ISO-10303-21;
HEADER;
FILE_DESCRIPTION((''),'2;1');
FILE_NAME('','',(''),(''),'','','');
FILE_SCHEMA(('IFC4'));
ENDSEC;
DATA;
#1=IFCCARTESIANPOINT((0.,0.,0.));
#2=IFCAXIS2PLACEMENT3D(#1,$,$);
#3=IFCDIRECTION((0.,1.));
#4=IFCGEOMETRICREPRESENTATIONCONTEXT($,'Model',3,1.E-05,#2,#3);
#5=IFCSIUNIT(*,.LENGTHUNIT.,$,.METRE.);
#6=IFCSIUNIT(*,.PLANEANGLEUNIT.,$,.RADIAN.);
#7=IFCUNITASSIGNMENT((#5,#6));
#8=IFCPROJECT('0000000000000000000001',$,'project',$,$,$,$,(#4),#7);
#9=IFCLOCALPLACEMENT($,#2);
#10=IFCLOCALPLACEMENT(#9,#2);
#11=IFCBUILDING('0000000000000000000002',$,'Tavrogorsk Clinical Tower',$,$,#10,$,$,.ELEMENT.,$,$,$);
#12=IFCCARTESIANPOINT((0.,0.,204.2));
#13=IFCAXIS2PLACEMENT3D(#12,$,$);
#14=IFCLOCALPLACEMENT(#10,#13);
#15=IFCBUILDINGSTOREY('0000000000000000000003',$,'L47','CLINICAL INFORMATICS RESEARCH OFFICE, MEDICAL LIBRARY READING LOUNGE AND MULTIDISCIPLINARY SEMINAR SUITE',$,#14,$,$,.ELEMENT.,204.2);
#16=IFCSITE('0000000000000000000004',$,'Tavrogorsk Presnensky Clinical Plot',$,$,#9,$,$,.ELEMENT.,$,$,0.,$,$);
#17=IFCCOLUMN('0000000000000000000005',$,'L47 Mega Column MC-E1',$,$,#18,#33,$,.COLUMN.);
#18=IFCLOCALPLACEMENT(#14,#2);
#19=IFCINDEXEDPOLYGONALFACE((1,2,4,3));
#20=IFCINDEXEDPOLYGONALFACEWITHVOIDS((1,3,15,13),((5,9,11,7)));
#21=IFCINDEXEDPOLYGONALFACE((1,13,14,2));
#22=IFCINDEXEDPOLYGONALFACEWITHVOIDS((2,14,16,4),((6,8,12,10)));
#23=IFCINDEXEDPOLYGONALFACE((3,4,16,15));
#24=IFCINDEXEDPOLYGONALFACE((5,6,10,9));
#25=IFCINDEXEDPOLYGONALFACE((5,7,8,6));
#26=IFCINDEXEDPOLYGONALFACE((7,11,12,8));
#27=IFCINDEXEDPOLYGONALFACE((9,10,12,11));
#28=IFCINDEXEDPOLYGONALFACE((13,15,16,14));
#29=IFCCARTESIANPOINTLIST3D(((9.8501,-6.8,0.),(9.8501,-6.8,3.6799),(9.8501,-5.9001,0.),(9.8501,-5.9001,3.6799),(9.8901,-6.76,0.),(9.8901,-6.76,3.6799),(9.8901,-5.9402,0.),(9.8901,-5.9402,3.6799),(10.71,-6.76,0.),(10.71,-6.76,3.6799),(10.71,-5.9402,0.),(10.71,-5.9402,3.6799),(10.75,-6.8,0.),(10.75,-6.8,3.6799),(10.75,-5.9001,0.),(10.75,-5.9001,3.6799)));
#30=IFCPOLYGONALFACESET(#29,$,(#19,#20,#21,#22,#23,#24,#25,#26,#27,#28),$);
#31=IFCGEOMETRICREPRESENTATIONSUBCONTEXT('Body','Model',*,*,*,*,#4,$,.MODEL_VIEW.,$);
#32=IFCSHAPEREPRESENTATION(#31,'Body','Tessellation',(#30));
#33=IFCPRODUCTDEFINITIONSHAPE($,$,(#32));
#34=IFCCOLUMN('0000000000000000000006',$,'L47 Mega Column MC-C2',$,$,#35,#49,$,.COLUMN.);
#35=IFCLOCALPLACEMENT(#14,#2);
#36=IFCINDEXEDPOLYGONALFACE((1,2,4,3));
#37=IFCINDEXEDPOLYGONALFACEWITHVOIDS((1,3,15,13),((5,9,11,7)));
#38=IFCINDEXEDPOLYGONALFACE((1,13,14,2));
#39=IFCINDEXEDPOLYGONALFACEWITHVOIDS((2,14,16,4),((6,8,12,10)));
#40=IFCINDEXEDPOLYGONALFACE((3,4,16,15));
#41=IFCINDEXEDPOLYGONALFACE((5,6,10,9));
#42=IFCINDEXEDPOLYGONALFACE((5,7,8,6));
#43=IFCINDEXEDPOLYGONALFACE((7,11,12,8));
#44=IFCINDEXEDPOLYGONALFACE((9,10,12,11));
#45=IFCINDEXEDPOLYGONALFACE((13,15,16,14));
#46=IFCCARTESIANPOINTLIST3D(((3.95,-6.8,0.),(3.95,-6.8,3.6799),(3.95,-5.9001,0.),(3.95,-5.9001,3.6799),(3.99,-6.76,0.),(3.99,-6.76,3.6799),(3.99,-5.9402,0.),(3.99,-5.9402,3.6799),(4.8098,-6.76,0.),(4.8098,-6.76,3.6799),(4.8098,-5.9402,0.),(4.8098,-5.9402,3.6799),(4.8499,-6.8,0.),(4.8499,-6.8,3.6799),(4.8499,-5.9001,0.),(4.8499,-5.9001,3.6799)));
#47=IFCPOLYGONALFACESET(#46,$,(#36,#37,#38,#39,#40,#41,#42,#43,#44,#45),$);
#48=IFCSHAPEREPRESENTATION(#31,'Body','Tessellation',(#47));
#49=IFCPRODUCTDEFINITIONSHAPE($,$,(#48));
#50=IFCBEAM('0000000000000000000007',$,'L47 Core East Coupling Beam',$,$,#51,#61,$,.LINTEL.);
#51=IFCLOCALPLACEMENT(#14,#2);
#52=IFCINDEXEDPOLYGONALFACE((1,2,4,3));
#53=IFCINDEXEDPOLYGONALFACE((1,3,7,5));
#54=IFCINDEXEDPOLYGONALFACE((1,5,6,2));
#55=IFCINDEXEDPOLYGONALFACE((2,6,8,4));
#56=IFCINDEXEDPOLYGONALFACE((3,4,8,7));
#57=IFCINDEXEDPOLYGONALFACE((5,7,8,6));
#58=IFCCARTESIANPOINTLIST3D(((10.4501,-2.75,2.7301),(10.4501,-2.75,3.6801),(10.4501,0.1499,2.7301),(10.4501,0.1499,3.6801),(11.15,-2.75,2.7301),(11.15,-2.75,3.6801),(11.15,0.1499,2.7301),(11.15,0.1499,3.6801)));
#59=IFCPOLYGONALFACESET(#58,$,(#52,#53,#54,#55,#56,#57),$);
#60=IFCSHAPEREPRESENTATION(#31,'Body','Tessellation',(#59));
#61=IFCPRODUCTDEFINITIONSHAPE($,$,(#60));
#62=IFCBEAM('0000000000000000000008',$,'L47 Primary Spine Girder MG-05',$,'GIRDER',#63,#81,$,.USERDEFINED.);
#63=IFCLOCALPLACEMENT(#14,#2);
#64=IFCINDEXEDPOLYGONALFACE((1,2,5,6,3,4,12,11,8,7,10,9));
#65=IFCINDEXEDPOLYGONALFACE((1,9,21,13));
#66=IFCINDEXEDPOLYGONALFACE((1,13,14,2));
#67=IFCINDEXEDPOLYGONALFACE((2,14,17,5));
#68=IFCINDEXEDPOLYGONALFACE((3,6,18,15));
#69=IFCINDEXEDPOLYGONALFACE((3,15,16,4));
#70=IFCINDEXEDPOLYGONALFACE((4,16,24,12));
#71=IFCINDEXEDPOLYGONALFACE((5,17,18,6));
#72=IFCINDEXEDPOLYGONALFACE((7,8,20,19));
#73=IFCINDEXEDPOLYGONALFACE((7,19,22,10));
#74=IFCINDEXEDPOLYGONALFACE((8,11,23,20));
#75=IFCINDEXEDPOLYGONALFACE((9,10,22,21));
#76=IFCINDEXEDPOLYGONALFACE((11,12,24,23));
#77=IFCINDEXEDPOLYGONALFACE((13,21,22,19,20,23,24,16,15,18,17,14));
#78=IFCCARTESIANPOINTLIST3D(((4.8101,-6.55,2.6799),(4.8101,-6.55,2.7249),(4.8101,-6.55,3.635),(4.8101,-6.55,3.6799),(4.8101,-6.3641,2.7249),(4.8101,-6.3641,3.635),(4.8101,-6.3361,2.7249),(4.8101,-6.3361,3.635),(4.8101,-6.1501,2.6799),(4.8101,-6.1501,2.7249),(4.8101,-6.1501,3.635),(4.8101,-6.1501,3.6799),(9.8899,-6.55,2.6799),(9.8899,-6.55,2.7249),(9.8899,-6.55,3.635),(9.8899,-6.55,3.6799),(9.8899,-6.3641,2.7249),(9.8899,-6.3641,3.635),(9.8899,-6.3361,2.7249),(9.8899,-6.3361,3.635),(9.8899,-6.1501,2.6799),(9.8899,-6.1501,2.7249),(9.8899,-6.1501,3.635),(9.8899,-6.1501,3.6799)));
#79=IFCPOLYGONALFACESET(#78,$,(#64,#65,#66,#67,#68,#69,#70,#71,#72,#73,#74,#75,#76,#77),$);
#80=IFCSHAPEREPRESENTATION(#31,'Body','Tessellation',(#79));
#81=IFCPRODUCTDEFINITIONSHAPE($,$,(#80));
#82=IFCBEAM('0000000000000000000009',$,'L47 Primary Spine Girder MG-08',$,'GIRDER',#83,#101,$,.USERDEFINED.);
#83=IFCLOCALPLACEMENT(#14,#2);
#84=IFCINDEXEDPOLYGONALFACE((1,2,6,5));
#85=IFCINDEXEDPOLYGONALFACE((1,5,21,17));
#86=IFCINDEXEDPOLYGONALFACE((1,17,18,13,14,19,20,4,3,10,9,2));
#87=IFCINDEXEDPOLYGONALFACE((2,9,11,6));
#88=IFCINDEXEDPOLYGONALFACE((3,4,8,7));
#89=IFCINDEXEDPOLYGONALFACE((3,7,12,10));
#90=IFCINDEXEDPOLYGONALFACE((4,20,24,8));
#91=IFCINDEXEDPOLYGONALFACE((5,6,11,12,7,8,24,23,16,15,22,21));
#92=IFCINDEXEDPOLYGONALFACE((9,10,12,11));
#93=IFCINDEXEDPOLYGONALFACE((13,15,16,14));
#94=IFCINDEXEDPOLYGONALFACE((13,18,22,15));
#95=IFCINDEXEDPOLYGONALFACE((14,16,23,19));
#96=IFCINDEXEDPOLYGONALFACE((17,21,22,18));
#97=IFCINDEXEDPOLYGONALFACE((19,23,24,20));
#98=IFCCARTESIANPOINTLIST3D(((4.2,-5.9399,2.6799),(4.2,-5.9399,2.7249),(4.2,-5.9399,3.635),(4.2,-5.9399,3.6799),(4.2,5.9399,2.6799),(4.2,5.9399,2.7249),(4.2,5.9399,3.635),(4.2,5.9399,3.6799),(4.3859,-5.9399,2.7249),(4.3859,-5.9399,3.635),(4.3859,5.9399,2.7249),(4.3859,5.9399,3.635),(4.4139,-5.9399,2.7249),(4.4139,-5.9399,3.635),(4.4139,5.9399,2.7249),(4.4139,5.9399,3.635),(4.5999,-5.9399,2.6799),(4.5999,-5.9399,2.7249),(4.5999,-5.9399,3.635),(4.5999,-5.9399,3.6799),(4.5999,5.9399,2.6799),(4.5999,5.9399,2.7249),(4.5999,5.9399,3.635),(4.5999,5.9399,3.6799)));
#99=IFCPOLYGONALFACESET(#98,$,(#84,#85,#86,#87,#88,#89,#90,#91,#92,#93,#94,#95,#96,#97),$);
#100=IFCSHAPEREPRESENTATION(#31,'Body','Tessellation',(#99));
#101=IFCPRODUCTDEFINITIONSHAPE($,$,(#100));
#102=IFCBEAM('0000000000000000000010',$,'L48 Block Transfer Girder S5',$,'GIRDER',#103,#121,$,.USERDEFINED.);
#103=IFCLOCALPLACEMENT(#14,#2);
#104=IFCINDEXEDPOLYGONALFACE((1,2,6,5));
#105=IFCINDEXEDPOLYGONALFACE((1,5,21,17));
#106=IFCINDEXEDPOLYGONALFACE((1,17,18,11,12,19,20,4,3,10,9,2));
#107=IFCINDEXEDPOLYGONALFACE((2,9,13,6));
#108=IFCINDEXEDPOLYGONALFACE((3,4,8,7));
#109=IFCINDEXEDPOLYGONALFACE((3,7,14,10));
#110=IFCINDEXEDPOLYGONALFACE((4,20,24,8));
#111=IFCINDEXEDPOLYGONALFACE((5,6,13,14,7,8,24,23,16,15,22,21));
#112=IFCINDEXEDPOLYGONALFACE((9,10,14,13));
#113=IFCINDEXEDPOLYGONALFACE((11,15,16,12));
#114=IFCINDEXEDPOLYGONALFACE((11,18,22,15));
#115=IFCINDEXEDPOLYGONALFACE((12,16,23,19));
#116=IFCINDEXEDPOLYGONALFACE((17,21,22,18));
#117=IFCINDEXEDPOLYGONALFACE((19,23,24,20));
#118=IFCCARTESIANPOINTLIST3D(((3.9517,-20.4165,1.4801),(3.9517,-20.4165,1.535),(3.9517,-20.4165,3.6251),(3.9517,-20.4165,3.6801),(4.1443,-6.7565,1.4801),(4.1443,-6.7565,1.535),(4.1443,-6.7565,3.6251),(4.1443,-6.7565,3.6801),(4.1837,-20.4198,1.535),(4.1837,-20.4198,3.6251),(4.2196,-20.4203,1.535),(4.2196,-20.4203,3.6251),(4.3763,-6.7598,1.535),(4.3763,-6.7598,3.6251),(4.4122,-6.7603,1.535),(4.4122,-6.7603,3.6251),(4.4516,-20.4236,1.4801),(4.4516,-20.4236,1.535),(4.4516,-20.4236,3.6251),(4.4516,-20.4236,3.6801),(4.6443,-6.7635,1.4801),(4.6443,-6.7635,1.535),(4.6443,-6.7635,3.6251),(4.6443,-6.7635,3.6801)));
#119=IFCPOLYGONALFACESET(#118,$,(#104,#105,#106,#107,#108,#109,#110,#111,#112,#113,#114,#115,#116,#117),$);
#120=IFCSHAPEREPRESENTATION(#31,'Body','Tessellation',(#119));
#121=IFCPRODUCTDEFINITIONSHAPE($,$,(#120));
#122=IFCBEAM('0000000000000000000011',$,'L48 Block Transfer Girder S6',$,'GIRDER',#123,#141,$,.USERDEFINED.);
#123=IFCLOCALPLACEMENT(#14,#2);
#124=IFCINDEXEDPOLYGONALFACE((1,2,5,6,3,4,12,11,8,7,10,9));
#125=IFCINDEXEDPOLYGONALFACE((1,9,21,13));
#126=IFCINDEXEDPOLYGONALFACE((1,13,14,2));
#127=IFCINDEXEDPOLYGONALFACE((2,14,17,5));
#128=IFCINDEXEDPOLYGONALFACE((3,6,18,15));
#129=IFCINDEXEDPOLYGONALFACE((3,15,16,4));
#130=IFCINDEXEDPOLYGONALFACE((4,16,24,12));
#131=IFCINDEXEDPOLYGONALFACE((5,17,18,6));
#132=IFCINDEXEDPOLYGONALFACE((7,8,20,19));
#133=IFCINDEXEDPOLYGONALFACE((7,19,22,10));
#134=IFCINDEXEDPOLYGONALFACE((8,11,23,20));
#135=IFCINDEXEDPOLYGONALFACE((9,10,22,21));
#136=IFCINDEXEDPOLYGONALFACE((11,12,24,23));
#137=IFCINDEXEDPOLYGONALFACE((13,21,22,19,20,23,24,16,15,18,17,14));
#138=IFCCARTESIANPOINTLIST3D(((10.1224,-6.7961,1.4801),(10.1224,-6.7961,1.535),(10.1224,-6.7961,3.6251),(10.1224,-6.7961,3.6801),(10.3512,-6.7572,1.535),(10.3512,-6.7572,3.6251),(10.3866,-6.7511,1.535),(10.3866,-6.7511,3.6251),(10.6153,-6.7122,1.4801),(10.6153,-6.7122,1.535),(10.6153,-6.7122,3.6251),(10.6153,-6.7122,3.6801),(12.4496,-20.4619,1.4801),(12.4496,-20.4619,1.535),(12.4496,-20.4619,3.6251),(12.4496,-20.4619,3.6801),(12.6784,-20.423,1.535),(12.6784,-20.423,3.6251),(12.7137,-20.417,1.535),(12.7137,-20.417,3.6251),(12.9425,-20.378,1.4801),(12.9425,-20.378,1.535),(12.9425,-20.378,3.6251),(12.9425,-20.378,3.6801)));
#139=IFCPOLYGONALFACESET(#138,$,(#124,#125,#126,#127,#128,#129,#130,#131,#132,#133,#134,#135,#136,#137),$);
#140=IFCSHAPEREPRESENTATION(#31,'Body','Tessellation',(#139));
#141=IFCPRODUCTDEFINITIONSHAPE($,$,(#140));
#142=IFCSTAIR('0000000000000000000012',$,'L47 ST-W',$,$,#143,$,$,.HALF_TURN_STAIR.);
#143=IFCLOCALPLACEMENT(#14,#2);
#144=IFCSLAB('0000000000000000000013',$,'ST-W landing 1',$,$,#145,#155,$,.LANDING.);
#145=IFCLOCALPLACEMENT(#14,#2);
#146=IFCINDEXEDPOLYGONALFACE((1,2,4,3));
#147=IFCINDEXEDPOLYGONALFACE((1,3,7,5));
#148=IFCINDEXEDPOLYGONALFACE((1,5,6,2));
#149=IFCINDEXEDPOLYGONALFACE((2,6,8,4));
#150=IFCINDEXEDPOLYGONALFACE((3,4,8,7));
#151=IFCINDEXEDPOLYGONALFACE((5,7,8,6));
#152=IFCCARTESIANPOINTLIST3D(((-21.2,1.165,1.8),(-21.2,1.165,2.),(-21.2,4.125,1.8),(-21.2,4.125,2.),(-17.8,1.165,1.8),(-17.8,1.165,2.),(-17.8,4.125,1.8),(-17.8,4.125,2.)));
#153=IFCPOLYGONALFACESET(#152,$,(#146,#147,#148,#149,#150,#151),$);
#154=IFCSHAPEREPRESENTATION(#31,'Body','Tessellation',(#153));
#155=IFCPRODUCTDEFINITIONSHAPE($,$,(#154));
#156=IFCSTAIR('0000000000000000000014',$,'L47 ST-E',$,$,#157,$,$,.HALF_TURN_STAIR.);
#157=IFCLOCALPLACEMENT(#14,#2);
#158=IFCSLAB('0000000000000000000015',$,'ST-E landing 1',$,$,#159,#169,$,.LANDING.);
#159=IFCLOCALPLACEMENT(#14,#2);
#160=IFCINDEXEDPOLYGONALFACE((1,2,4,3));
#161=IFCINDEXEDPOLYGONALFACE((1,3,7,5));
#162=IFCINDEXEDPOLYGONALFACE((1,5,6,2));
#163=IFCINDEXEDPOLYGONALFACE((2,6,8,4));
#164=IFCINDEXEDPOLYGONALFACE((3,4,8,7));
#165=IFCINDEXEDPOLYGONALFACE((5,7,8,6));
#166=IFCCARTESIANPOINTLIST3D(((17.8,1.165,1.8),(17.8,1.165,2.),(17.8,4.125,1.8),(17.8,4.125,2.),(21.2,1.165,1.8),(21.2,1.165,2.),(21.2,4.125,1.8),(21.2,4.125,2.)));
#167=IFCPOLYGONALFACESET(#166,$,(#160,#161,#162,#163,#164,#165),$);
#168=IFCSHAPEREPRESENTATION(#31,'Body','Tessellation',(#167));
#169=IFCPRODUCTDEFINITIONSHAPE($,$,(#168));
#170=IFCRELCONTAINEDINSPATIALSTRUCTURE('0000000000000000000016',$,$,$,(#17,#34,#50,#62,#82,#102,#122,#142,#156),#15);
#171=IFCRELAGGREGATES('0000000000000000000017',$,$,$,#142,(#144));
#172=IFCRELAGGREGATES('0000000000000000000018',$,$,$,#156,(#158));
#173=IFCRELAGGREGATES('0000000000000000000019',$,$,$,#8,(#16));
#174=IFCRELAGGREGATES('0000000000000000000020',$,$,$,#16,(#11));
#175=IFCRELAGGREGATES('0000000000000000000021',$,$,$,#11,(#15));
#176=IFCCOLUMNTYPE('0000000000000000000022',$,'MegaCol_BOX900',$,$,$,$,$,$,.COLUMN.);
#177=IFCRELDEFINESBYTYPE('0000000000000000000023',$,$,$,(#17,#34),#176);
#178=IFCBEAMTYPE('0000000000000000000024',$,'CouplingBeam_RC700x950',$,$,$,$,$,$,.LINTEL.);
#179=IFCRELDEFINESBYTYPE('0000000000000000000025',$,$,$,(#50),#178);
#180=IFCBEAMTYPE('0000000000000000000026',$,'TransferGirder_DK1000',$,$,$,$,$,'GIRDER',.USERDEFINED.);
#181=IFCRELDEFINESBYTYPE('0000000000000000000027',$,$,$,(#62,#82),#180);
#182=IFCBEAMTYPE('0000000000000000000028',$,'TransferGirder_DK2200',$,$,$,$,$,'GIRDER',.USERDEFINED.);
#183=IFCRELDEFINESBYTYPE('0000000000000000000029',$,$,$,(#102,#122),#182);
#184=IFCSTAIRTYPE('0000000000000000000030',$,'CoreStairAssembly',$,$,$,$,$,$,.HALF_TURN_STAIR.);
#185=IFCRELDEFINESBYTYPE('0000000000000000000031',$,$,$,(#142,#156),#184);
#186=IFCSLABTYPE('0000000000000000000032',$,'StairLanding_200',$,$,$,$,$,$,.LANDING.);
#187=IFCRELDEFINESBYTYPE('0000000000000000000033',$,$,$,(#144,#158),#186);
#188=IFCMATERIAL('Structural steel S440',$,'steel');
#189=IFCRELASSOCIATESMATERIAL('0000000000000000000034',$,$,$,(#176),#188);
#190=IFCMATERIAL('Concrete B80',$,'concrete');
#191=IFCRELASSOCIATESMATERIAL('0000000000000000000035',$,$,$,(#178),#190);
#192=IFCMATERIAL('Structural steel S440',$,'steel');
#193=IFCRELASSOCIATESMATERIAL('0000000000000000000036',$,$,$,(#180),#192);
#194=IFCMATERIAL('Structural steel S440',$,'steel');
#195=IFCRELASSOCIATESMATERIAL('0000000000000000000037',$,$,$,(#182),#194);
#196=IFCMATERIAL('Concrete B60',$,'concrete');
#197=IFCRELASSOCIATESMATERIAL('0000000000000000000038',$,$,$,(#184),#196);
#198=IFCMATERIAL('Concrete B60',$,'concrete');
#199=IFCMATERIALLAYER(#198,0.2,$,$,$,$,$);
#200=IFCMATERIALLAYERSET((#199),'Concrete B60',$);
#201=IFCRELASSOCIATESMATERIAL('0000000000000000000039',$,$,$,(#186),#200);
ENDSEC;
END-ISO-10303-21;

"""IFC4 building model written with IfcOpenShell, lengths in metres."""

from ifc_helpers import new_model, si_unit, direction, frame, origin, origin_2d, place, context, subcontext, project, spatial, polyline, rectangle, hollow_rectangle, i_section, outline, extrude, material, layer, layer_set, material_profile, profile_set, type_object, element, aggregate, save


model = new_model("IFC4")

# Units and contexts
model_context = context("Model", 3, precision=1e-05, world=origin(), true_north=direction((0.0, 1.0)))
body_context = subcontext(model_context, "Body", "Model", "MODEL_VIEW")
ifc_project = project(units=[si_unit("LENGTHUNIT", "METRE"), si_unit("PLANEANGLEUNIT", "RADIAN")], contexts=[model_context])

# Site, building, storey
site_placement = place(None, origin())
site = spatial("IfcSite", under=ifc_project, at=site_placement, Name="Tavrogorsk Presnensky Clinical Plot", CompositionType="ELEMENT", RefElevation=0.0)
building_placement = place(site_placement, origin())
building = spatial("IfcBuilding", under=site, at=building_placement, Name="Tavrogorsk Clinical Tower", CompositionType="ELEMENT")
storey_placement = place(building_placement, frame((0.0, 0.0, 204.2)))
storey = spatial("IfcBuildingStorey", under=building, at=storey_placement, Name="L47", Description="CLINICAL INFORMATICS RESEARCH OFFICE, MEDICAL LIBRARY READING LOUNGE AND MULTIDISCIPLINARY SEMINAR SUITE", CompositionType="ELEMENT", Elevation=204.2)

# Columns
ifc_material_1 = material(Name="Structural steel S440", Category="steel")
ifc_material_profile_1 = material_profile(ifc_material_1, hollow_rectangle(XDim=0.8999, YDim=0.8999, WallThickness=0.04, at=origin_2d()), Name="BOX-900x900x40")
ifc_profile_set_1 = profile_set([ifc_material_profile_1], Name="Structural steel S440")
column_type = type_object("IfcColumnType", Name="MegaCol_BOX900", PredefinedType="COLUMN", material=ifc_profile_set_1)
for number, where, z_axis, x_axis, name in (
    (1, (10.3, -6.3501, 0.0), (0.0, 0.0, 1.0), (1.0, 0.0, 0.0), "L47 Mega Column MC-E1"),
    (2, (4.3999, -6.3501, 0.0), (0.0, 0.0, 1.0), (1.0, 0.0, 0.0), "L47 Mega Column MC-C2"),
):
    element("IfcColumn", number, at=place(storey_placement, frame(where, z_axis=z_axis, x_axis=x_axis)), inside=storey, type_object=column_type, Name=name, PredefinedType="COLUMN", context=body_context, shape_type="SweptSolid", body=[
        extrude(hollow_rectangle(XDim=0.8999, YDim=0.8999, WallThickness=0.04, at=origin_2d()), origin(), (0.0, 0.0, 1.0), 3.6799),
    ])

# Beams
ifc_material_2 = material(Name="Concrete B80", Category="concrete")
ifc_material_profile_2 = material_profile(ifc_material_2, rectangle(XDim=0.7, YDim=0.95, at=origin_2d()), Name="RC-CB-700x950")
ifc_profile_set_2 = profile_set([ifc_material_profile_2], Name="Concrete B80")
beam_type_1 = type_object("IfcBeamType", Name="CouplingBeam_RC700x950", PredefinedType="LINTEL", material=ifc_profile_set_2)
beam_1_placement = place(storey_placement, frame((10.8, -2.75, 3.2051), z_axis=(0.0, 1.0, 0.0), x_axis=(-1.0, 0.0, 0.0)))
element("IfcBeam", 3, at=beam_1_placement, inside=storey, type_object=beam_type_1, Name="L47 Core East Coupling Beam", PredefinedType="LINTEL", context=body_context, shape_type="SweptSolid", body=[
    extrude(rectangle(XDim=0.7, YDim=0.95, at=origin_2d()), origin(), (0.0, 0.0, 1.0), 2.8999),
])
ifc_material_3 = material(Name="Structural steel S440", Category="steel")
ifc_material_profile_3 = material_profile(ifc_material_3, i_section(OverallWidth=0.3999, OverallDepth=1.0, WebThickness=0.0281, FlangeThickness=0.0449, at=origin_2d()), Name="DK-1000x400x28x45")
ifc_profile_set_3 = profile_set([ifc_material_profile_3], Name="Structural steel S440")
beam_type_2 = type_object("IfcBeamType", Name="TransferGirder_DK1000", ElementType="GIRDER", PredefinedType="USERDEFINED", material=ifc_profile_set_3)
beam_2_placement = place(storey_placement, frame((4.8101, -6.3501, 3.1799), z_axis=(1.0, 0.0, 0.0), x_axis=(0.0, 1.0, 0.0)))
element("IfcBeam", 4, at=beam_2_placement, inside=storey, type_object=beam_type_2, Name="L47 Primary Spine Girder MG-05", ObjectType="GIRDER", PredefinedType="USERDEFINED", context=body_context, shape_type="SweptSolid", body=[
    extrude(i_section(OverallWidth=0.3999, OverallDepth=1.0, WebThickness=0.0281, FlangeThickness=0.0449, at=origin_2d()), origin(), (0.0, 0.0, 1.0), 5.0798),
])
beam_3_placement = place(storey_placement, frame((4.3999, -5.9399, 3.1799), z_axis=(0.0, 1.0, 0.0), x_axis=(-1.0, 0.0, 0.0)))
element("IfcBeam", 5, at=beam_3_placement, inside=storey, type_object=beam_type_2, Name="L47 Primary Spine Girder MG-08", ObjectType="GIRDER", PredefinedType="USERDEFINED", context=body_context, shape_type="SweptSolid", body=[
    extrude(i_section(OverallWidth=0.3999, OverallDepth=1.0, WebThickness=0.0281, FlangeThickness=0.0449, at=origin_2d()), origin(), (0.0, 0.0, 1.0), 11.8799),
])
ifc_material_4 = material(Name="Structural steel S440", Category="steel")
ifc_material_profile_4 = material_profile(ifc_material_4, i_section(OverallWidth=0.5, OverallDepth=2.2, WebThickness=0.0359, FlangeThickness=0.0549, at=origin_2d()), Name="DK-2200x500x36x55")
ifc_profile_set_4 = profile_set([ifc_material_profile_4], Name="Structural steel S440")
beam_type_3 = type_object("IfcBeamType", Name="TransferGirder_DK2200", ElementType="GIRDER", PredefinedType="USERDEFINED", material=ifc_profile_set_4)
beam_4_placement = place(storey_placement, frame((4.3943, -6.76, 2.5801), z_axis=(-0.0141, -0.999901, 0.0), x_axis=(0.999901, -0.0141, 0.0)))
element("IfcBeam", 6, at=beam_4_placement, inside=storey, type_object=beam_type_3, Name="L48 Block Transfer Girder S5", ObjectType="GIRDER", PredefinedType="USERDEFINED", context=body_context, shape_type="SweptSolid", body=[
    extrude(i_section(OverallWidth=0.5, OverallDepth=2.2, WebThickness=0.0359, FlangeThickness=0.0549, at=origin_2d()), origin(), (0.0, 0.0, 1.0), 13.6614),
])
beam_5_placement = place(storey_placement, frame((10.3689, -6.7542, 2.5801), z_axis=(0.167874, -0.985809, 0.0), x_axis=(0.985809, 0.167874, 0.0)))
element("IfcBeam", 7, at=beam_5_placement, inside=storey, type_object=beam_type_3, Name="L48 Block Transfer Girder S6", ObjectType="GIRDER", PredefinedType="USERDEFINED", context=body_context, shape_type="SweptSolid", body=[
    extrude(i_section(OverallWidth=0.5, OverallDepth=2.2, WebThickness=0.0359, FlangeThickness=0.0549, at=origin_2d()), origin(), (0.0, 0.0, 1.0), 13.8625),
])

# Stairs, slabs
ifc_material_5 = material(Name="Concrete B60", Category="concrete")
stair_type = type_object("IfcStairType", Name="CoreStairAssembly", PredefinedType="HALF_TURN_STAIR", material=ifc_material_5)
stair_1_placement = place(storey_placement, origin())
stair_1 = element("IfcStair", 8, at=stair_1_placement, inside=storey, type_object=stair_type, Name="L47 ST-W", PredefinedType="HALF_TURN_STAIR")
ifc_material_6 = material(Name="Concrete B60", Category="concrete")
ifc_layer_1 = layer(ifc_material_6, 0.2)
ifc_layer_set_1 = layer_set([ifc_layer_1], Name="Concrete B60")
slab_type_1 = type_object("IfcSlabType", Name="StairLanding_200", PredefinedType="LANDING", material=ifc_layer_set_1)
slab_1_placement = place(storey_placement, frame((0.0, 0.0, 1.8)))
slab_1 = element("IfcSlab", 9, at=slab_1_placement, type_object=slab_type_1, Name="ST-W landing 1", PredefinedType="LANDING", context=body_context, shape_type="SweptSolid", body=[
    extrude(outline(polyline([(-17.8, 1.165), (-17.8, 4.125), (-21.2, 4.125), (-21.2, 1.165), (-17.8, 1.165)])), origin(), (0.0, 0.0, 1.0), 0.2),
])
aggregate(stair_1, [slab_1])
stair_2_placement = place(storey_placement, origin())
stair_2 = element("IfcStair", 10, at=stair_2_placement, inside=storey, type_object=stair_type, Name="L47 ST-E", PredefinedType="HALF_TURN_STAIR")
slab_2_placement = place(storey_placement, frame((0.0, 0.0, 1.8)))
slab_2 = element("IfcSlab", 11, at=slab_2_placement, type_object=slab_type_1, Name="ST-E landing 1", PredefinedType="LANDING", context=body_context, shape_type="SweptSolid", body=[
    extrude(outline(polyline([(21.2, 1.165), (21.2, 4.125), (17.8, 4.125), (17.8, 1.165), (21.2, 1.165)])), origin(), (0.0, 0.0, 1.0), 0.2),
])
aggregate(stair_2, [slab_2])

save(model, "model.ifc")
